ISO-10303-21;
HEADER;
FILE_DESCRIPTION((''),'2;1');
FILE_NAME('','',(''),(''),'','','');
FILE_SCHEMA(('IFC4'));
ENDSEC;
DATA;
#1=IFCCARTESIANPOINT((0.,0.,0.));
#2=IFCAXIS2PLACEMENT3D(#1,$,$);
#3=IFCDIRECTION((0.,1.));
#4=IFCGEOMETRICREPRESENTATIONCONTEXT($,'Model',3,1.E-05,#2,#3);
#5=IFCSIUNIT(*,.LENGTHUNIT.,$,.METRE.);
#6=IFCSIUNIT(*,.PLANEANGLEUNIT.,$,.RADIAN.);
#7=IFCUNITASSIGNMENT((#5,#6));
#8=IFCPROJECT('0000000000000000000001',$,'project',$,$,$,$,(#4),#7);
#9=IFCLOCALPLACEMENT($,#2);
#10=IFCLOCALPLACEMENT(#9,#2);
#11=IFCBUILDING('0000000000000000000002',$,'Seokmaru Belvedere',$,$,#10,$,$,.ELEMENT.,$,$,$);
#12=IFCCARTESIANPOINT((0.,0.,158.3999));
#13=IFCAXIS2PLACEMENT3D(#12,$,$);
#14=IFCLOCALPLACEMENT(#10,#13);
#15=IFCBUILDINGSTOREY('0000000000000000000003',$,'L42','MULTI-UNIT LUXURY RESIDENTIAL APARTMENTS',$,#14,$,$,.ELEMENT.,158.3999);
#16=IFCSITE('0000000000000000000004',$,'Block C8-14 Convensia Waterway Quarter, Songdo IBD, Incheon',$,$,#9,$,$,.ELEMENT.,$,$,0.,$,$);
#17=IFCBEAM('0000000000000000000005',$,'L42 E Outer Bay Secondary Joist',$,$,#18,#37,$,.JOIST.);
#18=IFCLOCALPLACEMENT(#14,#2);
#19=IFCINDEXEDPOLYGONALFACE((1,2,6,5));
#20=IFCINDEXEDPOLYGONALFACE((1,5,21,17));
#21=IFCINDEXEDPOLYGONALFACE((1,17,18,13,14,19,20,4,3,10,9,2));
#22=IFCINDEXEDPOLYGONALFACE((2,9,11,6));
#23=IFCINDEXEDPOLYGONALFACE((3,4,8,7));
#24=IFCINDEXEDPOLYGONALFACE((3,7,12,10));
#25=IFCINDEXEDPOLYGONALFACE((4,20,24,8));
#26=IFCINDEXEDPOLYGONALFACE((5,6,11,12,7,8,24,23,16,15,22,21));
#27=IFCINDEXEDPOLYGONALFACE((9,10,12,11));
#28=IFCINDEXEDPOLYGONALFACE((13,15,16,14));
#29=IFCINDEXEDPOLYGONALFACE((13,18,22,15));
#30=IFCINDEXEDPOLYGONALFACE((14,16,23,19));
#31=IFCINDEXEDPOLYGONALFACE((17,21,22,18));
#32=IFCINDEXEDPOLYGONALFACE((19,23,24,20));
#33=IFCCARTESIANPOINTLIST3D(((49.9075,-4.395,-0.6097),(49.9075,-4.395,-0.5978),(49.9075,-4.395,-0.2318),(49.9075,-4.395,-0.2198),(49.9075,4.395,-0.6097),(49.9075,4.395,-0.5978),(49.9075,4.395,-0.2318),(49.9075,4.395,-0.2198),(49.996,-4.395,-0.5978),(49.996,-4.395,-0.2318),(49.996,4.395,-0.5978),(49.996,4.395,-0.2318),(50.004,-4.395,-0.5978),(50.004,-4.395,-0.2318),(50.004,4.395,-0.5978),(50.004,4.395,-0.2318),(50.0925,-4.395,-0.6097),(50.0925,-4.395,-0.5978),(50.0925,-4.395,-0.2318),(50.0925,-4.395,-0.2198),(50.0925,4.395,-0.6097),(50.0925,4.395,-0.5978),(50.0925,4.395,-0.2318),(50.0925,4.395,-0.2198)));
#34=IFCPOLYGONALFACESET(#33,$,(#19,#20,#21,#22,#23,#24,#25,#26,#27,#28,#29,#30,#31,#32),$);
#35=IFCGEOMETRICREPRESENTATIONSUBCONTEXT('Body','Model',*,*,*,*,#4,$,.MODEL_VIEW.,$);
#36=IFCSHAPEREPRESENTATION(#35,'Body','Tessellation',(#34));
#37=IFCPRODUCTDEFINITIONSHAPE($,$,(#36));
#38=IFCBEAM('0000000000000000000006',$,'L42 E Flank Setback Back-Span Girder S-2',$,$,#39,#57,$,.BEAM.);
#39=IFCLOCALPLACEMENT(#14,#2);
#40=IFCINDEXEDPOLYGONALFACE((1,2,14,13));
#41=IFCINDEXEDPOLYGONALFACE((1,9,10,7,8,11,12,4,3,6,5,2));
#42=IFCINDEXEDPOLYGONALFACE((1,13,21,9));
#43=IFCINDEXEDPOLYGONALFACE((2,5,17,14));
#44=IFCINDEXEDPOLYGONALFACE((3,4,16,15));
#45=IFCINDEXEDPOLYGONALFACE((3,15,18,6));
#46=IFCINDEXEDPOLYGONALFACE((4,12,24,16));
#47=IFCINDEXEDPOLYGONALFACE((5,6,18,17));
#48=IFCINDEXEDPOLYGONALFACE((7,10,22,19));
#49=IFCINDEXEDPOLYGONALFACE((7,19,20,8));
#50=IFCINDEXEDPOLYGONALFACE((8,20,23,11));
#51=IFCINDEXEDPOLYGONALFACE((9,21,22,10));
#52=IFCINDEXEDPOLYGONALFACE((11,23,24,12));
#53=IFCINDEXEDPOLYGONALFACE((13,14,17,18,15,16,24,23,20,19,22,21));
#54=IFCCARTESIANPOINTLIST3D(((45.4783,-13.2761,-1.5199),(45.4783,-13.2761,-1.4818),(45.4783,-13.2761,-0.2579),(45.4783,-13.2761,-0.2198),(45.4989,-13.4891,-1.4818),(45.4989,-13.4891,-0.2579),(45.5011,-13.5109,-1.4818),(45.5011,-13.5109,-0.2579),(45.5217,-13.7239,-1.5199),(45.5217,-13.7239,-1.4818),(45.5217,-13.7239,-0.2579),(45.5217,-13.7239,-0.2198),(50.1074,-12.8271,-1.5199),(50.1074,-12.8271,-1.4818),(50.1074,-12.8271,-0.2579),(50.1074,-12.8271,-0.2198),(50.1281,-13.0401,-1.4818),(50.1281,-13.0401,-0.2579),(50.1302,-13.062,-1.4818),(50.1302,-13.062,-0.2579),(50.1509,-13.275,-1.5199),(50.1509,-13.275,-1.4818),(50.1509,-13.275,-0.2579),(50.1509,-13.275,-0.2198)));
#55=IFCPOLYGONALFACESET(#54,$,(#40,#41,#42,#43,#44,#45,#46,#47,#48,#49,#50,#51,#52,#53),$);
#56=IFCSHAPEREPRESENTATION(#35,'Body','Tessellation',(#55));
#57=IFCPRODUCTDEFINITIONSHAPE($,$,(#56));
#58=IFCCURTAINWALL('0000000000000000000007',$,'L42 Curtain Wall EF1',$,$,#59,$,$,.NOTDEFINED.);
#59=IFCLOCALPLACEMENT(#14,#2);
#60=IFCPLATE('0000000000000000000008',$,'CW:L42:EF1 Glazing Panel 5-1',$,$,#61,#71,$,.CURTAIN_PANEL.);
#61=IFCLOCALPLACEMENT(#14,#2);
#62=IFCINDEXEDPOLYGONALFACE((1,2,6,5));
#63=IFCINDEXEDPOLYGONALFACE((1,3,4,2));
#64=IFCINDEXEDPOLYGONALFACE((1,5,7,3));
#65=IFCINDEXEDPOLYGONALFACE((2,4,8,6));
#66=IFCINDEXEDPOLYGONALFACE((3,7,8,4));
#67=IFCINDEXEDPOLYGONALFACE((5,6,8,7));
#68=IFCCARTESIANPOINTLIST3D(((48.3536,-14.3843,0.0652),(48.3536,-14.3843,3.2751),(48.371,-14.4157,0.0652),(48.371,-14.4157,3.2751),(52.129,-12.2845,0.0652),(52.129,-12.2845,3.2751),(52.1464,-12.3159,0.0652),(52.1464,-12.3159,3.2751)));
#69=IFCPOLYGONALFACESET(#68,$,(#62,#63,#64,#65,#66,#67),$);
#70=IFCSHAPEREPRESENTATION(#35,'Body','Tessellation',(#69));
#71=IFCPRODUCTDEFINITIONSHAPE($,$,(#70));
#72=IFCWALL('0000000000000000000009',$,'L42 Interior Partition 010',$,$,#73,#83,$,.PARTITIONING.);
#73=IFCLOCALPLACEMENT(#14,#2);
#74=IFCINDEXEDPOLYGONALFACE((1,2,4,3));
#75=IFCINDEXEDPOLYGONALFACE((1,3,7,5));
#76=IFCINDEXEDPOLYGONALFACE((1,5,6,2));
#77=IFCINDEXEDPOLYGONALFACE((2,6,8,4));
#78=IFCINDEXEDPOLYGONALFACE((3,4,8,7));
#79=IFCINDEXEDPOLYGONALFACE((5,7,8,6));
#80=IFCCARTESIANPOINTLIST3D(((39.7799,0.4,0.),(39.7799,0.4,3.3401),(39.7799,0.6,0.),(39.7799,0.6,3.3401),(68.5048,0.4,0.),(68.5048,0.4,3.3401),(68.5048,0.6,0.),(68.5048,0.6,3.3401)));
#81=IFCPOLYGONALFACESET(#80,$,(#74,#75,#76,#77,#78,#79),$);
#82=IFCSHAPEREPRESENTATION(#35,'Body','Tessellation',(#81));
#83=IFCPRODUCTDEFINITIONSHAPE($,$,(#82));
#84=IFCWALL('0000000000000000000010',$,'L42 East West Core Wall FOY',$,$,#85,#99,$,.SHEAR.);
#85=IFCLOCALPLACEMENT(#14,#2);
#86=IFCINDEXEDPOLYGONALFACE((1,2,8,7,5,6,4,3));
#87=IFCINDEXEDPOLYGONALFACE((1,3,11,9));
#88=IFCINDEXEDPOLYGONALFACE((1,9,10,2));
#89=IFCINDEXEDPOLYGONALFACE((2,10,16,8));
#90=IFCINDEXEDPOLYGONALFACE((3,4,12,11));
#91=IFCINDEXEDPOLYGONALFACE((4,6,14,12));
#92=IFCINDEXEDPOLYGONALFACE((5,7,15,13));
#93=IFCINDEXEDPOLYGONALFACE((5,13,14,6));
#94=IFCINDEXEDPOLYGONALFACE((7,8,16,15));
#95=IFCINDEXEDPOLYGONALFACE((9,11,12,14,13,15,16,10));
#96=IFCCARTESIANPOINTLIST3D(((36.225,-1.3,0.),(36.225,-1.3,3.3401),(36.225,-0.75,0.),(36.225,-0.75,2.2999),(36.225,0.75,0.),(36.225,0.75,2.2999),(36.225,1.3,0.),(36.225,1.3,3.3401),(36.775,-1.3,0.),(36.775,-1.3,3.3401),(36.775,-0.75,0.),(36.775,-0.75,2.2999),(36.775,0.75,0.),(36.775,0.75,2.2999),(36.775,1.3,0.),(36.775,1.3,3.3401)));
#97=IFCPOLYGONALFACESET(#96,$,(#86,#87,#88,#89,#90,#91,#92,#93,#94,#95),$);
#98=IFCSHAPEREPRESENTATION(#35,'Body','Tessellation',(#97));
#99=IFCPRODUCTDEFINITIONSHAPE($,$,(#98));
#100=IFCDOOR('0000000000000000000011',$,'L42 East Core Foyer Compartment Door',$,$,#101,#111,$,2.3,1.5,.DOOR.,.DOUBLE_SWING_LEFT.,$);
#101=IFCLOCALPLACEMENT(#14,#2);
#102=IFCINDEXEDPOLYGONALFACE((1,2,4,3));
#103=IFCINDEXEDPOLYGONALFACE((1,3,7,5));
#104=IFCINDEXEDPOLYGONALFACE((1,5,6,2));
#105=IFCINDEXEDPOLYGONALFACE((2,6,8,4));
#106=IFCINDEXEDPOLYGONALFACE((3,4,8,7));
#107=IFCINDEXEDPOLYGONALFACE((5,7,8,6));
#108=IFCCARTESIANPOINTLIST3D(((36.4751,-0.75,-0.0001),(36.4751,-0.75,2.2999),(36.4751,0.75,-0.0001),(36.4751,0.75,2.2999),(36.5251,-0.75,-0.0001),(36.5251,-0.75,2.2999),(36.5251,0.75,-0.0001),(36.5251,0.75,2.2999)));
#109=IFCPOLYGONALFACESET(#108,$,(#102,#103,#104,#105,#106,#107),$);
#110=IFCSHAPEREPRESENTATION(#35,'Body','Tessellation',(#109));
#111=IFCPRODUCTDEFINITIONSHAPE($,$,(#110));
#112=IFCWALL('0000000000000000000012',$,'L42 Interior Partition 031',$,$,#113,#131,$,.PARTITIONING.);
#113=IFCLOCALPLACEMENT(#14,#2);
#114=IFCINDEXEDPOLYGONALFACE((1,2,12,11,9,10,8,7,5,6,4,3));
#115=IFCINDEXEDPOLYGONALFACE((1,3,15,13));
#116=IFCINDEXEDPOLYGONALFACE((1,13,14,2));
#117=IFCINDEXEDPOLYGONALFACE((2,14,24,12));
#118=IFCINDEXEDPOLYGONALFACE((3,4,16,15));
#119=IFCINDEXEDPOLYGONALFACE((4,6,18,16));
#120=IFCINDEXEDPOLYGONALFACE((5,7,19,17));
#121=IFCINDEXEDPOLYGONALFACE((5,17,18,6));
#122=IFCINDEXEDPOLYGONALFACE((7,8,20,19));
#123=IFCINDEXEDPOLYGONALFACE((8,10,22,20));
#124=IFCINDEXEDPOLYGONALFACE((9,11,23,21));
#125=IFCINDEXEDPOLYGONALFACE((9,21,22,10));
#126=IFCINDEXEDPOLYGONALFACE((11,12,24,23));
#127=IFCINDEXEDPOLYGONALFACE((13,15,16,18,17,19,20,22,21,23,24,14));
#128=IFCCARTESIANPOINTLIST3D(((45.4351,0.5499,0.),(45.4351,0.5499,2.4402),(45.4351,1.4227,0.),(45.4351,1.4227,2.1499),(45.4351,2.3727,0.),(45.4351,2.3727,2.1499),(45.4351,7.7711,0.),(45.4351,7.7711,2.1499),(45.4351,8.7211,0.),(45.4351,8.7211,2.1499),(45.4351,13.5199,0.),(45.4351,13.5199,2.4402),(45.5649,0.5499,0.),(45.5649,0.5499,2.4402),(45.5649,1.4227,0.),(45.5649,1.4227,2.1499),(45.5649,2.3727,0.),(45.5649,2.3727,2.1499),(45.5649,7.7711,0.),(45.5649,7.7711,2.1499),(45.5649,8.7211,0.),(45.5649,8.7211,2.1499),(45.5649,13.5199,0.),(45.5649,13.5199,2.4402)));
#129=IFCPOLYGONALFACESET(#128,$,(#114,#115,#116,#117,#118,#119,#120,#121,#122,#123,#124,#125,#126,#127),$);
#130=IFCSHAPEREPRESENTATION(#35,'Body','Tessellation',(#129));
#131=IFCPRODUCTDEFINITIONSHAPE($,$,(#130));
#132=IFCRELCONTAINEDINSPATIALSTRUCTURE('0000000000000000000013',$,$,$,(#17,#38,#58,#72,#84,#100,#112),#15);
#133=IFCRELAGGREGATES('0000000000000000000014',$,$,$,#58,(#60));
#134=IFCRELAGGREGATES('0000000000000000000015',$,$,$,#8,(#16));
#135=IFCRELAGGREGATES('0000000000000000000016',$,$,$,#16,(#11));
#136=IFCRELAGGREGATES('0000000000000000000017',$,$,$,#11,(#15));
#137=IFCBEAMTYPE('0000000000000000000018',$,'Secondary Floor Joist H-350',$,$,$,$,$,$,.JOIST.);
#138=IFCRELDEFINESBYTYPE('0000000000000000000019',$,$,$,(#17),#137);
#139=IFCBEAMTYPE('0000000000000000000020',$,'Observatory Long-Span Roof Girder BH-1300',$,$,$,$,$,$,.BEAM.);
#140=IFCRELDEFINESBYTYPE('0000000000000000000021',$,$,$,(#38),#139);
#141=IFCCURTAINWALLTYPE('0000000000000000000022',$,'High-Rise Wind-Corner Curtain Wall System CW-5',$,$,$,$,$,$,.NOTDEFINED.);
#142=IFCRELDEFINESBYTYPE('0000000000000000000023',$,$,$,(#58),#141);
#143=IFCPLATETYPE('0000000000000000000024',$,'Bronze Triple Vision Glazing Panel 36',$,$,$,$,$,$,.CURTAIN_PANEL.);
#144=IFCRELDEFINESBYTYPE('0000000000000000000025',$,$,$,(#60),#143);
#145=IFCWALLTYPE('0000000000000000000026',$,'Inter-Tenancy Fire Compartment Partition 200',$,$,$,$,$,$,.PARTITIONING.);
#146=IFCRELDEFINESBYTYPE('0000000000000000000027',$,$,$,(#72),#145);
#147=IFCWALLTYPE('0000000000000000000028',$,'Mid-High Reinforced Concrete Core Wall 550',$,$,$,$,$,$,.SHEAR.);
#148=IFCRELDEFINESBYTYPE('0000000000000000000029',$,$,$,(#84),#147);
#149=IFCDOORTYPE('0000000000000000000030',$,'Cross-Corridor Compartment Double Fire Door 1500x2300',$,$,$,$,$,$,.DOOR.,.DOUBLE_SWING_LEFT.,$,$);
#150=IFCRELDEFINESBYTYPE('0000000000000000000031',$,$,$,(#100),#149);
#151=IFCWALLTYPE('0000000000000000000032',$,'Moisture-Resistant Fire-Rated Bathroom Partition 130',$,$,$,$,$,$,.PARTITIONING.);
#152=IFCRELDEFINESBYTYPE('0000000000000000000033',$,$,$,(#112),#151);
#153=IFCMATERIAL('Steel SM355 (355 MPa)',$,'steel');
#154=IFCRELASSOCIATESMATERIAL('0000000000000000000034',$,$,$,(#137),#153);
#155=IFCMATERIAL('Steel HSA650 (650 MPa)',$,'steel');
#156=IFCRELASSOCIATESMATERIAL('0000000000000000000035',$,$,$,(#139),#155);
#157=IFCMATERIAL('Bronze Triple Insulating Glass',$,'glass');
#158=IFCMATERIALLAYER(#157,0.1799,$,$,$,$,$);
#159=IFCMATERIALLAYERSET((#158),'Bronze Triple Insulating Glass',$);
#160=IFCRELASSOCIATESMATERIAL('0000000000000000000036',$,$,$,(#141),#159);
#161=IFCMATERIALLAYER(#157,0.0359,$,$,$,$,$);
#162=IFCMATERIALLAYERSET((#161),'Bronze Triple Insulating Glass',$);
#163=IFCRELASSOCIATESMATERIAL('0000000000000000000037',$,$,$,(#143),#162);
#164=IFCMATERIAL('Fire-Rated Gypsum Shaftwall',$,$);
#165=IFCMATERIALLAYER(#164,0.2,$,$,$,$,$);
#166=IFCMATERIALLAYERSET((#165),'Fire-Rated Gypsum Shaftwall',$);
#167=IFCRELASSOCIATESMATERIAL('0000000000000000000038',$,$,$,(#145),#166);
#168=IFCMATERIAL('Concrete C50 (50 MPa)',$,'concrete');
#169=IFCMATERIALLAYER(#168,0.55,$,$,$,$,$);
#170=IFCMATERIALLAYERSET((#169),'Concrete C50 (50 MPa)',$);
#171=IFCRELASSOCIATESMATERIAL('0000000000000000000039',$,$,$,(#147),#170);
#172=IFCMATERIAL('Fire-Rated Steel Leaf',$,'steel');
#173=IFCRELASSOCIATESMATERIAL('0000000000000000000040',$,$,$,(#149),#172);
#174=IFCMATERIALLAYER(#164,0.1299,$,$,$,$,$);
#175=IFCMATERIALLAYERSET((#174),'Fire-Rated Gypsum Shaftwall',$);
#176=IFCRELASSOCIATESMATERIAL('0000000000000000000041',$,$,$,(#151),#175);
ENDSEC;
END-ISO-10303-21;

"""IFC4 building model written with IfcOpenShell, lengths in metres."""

from ifc_helpers import new_model, si_unit, direction, frame, frame_2d, origin, origin_2d, place, context, subcontext, project, spatial, rectangle, i_section, extrude, source, transform, mapped, material, layer, layer_set, material_profile, profile_set, type_object, type_shapes, element, fill, aggregate, save


model = new_model("IFC4")

# Units and contexts
model_context = context("Model", 3, precision=1e-05, world=origin(), true_north=direction((0.0, 1.0)))
body_context = subcontext(model_context, "Body", "Model", "MODEL_VIEW")
ifc_project = project(units=[si_unit("LENGTHUNIT", "METRE"), si_unit("PLANEANGLEUNIT", "RADIAN")], contexts=[model_context])

# Site, building, storey
site_placement = place(None, origin())
site = spatial("IfcSite", under=ifc_project, at=site_placement, Name="Block C8-14 Convensia Waterway Quarter, Songdo IBD, Incheon", CompositionType="ELEMENT", RefElevation=0.0)
building_placement = place(site_placement, origin())
building = spatial("IfcBuilding", under=site, at=building_placement, Name="Seokmaru Belvedere", CompositionType="ELEMENT")
storey_placement = place(building_placement, frame((0.0, 0.0, 158.3999)))
storey = spatial("IfcBuildingStorey", under=building, at=storey_placement, Name="L42", Description="MULTI-UNIT LUXURY RESIDENTIAL APARTMENTS", CompositionType="ELEMENT", Elevation=158.3999)

# Shared definitions
ifc_material_1 = material(Name="Steel SM355 (355 MPa)", Category="steel")

# Beams
ifc_material_profile_1 = material_profile(ifc_material_1, i_section(OverallWidth=0.1851, OverallDepth=0.3899, WebThickness=0.0081, FlangeThickness=0.012, at=origin_2d()), Name="H-390x185x8x12")
ifc_profile_set_1 = profile_set([ifc_material_profile_1], Name="Steel SM355 (355 MPa)")
beam_type_1 = type_object("IfcBeamType", Name="Secondary Floor Joist H-350", PredefinedType="JOIST", material=ifc_profile_set_1)
shared_shape_1 = source(origin(), body_context, "Body", "SweptSolid", [
    extrude(i_section(OverallWidth=0.1851, OverallDepth=0.3899, WebThickness=0.0081, FlangeThickness=0.012, at=origin_2d()), origin(), (0.0, 0.0, 1.0), 8.79),
])
type_shapes(beam_type_1, [shared_shape_1])
for number, where, z_axis, x_axis, name in (
    (1, (50.0, -4.395, -0.4148), (0.0, 1.0, 0.0), (-1.0, 0.0, 0.0), "L42 E Outer Bay Secondary Joist"),
):
    element("IfcBeam", number, at=place(storey_placement, frame(where, z_axis=z_axis, x_axis=x_axis)), inside=storey, type_object=beam_type_1, Name=name, PredefinedType="JOIST", context=body_context, shape_type="MappedRepresentation", body=[
        mapped(shared_shape_1, transform((0.0, 0.0, 0.0), scale=1.0)),
    ])
ifc_material_2 = material(Name="Steel HSA650 (650 MPa)", Category="steel")
ifc_material_profile_2 = material_profile(ifc_material_2, i_section(OverallWidth=0.45, OverallDepth=1.3, WebThickness=0.022, FlangeThickness=0.0381, at=origin_2d()), Name="BH-1300x450x22x38")
ifc_profile_set_2 = profile_set([ifc_material_profile_2], Name="Steel HSA650 (650 MPa)")
beam_type_2 = type_object("IfcBeamType", Name="Observatory Long-Span Roof Girder BH-1300", PredefinedType="BEAM", material=ifc_profile_set_2)
shared_shape_2 = source(origin(), body_context, "Body", "SweptSolid", [
    extrude(i_section(OverallWidth=0.45, OverallDepth=1.3, WebThickness=0.022, FlangeThickness=0.0381, at=origin_2d()), origin(), (0.0, 0.0, 1.0), 4.6509),
])
type_shapes(beam_type_2, [shared_shape_2])
beam_placement = place(storey_placement, frame((50.1292, -13.051, -0.8699), z_axis=(-0.99533, -0.096536, 0.0), x_axis=(0.096536, -0.99533, 0.0)))
element("IfcBeam", 2, at=beam_placement, inside=storey, type_object=beam_type_2, Name="L42 E Flank Setback Back-Span Girder S-2", PredefinedType="BEAM", context=body_context, shape_type="MappedRepresentation", body=[
    mapped(shared_shape_2, transform((0.0, 0.0, 0.0), scale=1.0)),
])

# Curtain wall, plate
ifc_material_3 = material(Name="Bronze Triple Insulating Glass", Category="glass")
ifc_layer_1 = layer(ifc_material_3, 0.1799)
ifc_layer_set_1 = layer_set([ifc_layer_1], Name="Bronze Triple Insulating Glass")
curtain_wall_type = type_object("IfcCurtainWallType", Name="High-Rise Wind-Corner Curtain Wall System CW-5", PredefinedType="NOTDEFINED", material=ifc_layer_set_1)
curtain_wall_placement = place(storey_placement, origin())
curtain_wall = element("IfcCurtainWall", 3, at=curtain_wall_placement, inside=storey, type_object=curtain_wall_type, Name="L42 Curtain Wall EF1", PredefinedType="NOTDEFINED")
ifc_layer_2 = layer(ifc_material_3, 0.0359)
ifc_layer_set_2 = layer_set([ifc_layer_2], Name="Bronze Triple Insulating Glass")
plate_type = type_object("IfcPlateType", Name="Bronze Triple Vision Glazing Panel 36", PredefinedType="CURTAIN_PANEL", material=ifc_layer_set_2)
shared_shape_3 = source(origin(), body_context, "Body", "SweptSolid", [
    extrude(rectangle(XDim=4.3201, YDim=0.0359, at=origin_2d()), origin(), (0.0, 0.0, 1.0), 3.21),
])
type_shapes(plate_type, [shared_shape_3])
plate_placement = place(storey_placement, frame((50.25, -13.3501, 0.0652), z_axis=(0.0, 0.0, 1.0), x_axis=(0.873933, 0.486047, 0.0)))
plate = element("IfcPlate", 4, at=plate_placement, type_object=plate_type, Name="CW:L42:EF1 Glazing Panel 5-1", PredefinedType="CURTAIN_PANEL", context=body_context, shape_type="MappedRepresentation", body=[
    mapped(shared_shape_3, transform((0.0, 0.0, 0.0), scale=1.0)),
])
aggregate(curtain_wall, [plate])

# Wall
ifc_material_4 = material(Name="Fire-Rated Gypsum Shaftwall")
ifc_layer_3 = layer(ifc_material_4, 0.2)
ifc_layer_set_3 = layer_set([ifc_layer_3], Name="Fire-Rated Gypsum Shaftwall")
wall_type_1 = type_object("IfcWallType", Name="Inter-Tenancy Fire Compartment Partition 200", PredefinedType="PARTITIONING", material=ifc_layer_set_3)
wall_1_placement = place(storey_placement, frame((39.78, 0.5, 0.0), z_axis=(0.0, 0.0, 1.0), x_axis=(1.0, 0.0, 0.0)))
element("IfcWall", 5, at=wall_1_placement, inside=storey, type_object=wall_type_1, Name="L42 Interior Partition 010", PredefinedType="PARTITIONING", context=body_context, shape_type="SweptSolid", body=[
    extrude(rectangle(XDim=28.7249, YDim=0.2, at=frame_2d((14.3623, 0.0))), origin(), (0.0, 0.0, 1.0), 3.3401),
])

# Wall, opening, door
ifc_material_5 = material(Name="Concrete C50 (50 MPa)", Category="concrete")
ifc_layer_4 = layer(ifc_material_5, 0.55)
ifc_layer_set_4 = layer_set([ifc_layer_4], Name="Concrete C50 (50 MPa)")
wall_type_2 = type_object("IfcWallType", Name="Mid-High Reinforced Concrete Core Wall 550", PredefinedType="SHEAR", material=ifc_layer_set_4)
wall_2_placement = place(storey_placement, frame((36.5, -1.3, 0.0), z_axis=(0.0, 0.0, 1.0), x_axis=(0.0, 1.0, 0.0)))
wall_2 = element("IfcWall", 6, at=wall_2_placement, inside=storey, type_object=wall_type_2, Name="L42 East West Core Wall FOY", PredefinedType="SHEAR", context=body_context, shape_type="SweptSolid", body=[
    extrude(rectangle(XDim=2.6001, YDim=0.55, at=frame_2d((1.3, 0.0))), origin(), (0.0, 0.0, 1.0), 3.3401),
])
opening_1_placement = place(wall_2_placement, frame((0.55, 0.0, 0.0)))
opening_1 = element("IfcOpeningElement", 7, at=opening_1_placement, cuts=wall_2, PredefinedType="OPENING", context=body_context, shape_type="SweptSolid", body=[
    extrude(rectangle(XDim=1.5, YDim=2.3, at=frame_2d((0.75, 1.1499))), frame((0.0, 0.2852, 0.0), z_axis=(0.0, -1.0, 0.0), x_axis=(1.0, 0.0, 0.0)), (0.0, 0.0, 1.0), 0.5701),
])
ifc_material_6 = material(Name="Fire-Rated Steel Leaf", Category="steel")
door_type_1 = type_object("IfcDoorType", Name="Cross-Corridor Compartment Double Fire Door 1500x2300", OperationType="DOUBLE_SWING_LEFT", PredefinedType="DOOR", material=ifc_material_6)
shared_shape_4 = source(origin(), body_context, "Body", "SweptSolid", [
    extrude(rectangle(XDim=1.5, YDim=2.3, at=frame_2d((0.75, 1.1499))), frame((0.0, 0.0249, 0.0), z_axis=(0.0, -1.0, 0.0), x_axis=(1.0, 0.0, 0.0)), (0.0, 0.0, 1.0), 0.05),
])
type_shapes(door_type_1, [shared_shape_4])
door_1_placement = place(opening_1_placement, origin())
door_1 = element("IfcDoor", 8, at=door_1_placement, inside=storey, type_object=door_type_1, Name="L42 East Core Foyer Compartment Door", OperationType="DOUBLE_SWING_LEFT", OverallHeight=2.3, OverallWidth=1.5, PredefinedType="DOOR", context=body_context, shape_type="MappedRepresentation", body=[
    mapped(shared_shape_4, transform((0.0, 0.0, 0.0), scale=1.0)),
])
fill(opening_1, door_1)

# Wall, openings
ifc_layer_5 = layer(ifc_material_4, 0.1299)
ifc_layer_set_5 = layer_set([ifc_layer_5], Name="Fire-Rated Gypsum Shaftwall")
wall_type_3 = type_object("IfcWallType", Name="Moisture-Resistant Fire-Rated Bathroom Partition 130", PredefinedType="PARTITIONING", material=ifc_layer_set_5)
wall_3_placement = place(storey_placement, frame((45.5, 0.55, 0.0), z_axis=(0.0, 0.0, 1.0), x_axis=(0.0, 1.0, 0.0)))
wall_3 = element("IfcWall", 9, at=wall_3_placement, inside=storey, type_object=wall_type_3, Name="L42 Interior Partition 031", PredefinedType="PARTITIONING", context=body_context, shape_type="SweptSolid", body=[
    extrude(rectangle(XDim=12.97, YDim=0.1299, at=frame_2d((6.4849, 0.0))), origin(), (0.0, 0.0, 1.0), 2.4402),
])
opening_2_placement = place(wall_3_placement, frame((0.8726, 0.0, 0.0)))
element("IfcOpeningElement", 10, at=opening_2_placement, cuts=wall_3, PredefinedType="OPENING", context=body_context, shape_type="SweptSolid", body=[
    extrude(rectangle(XDim=0.95, YDim=2.1499, at=frame_2d((0.4751, 1.075))), frame((0.0, 0.075, 0.0), z_axis=(0.0, -1.0, 0.0), x_axis=(1.0, 0.0, 0.0)), (0.0, 0.0, 1.0), 0.1499),
])
opening_3_placement = place(wall_3_placement, frame((7.2209, 0.0, 0.0)))
element("IfcOpeningElement", 11, at=opening_3_placement, cuts=wall_3, PredefinedType="OPENING", context=body_context, shape_type="SweptSolid", body=[
    extrude(rectangle(XDim=0.95, YDim=2.1499, at=frame_2d((0.4751, 1.075))), frame((0.0, 0.075, 0.0), z_axis=(0.0, -1.0, 0.0), x_axis=(1.0, 0.0, 0.0)), (0.0, 0.0, 1.0), 0.1499),
])

save(model, "model.ifc")
